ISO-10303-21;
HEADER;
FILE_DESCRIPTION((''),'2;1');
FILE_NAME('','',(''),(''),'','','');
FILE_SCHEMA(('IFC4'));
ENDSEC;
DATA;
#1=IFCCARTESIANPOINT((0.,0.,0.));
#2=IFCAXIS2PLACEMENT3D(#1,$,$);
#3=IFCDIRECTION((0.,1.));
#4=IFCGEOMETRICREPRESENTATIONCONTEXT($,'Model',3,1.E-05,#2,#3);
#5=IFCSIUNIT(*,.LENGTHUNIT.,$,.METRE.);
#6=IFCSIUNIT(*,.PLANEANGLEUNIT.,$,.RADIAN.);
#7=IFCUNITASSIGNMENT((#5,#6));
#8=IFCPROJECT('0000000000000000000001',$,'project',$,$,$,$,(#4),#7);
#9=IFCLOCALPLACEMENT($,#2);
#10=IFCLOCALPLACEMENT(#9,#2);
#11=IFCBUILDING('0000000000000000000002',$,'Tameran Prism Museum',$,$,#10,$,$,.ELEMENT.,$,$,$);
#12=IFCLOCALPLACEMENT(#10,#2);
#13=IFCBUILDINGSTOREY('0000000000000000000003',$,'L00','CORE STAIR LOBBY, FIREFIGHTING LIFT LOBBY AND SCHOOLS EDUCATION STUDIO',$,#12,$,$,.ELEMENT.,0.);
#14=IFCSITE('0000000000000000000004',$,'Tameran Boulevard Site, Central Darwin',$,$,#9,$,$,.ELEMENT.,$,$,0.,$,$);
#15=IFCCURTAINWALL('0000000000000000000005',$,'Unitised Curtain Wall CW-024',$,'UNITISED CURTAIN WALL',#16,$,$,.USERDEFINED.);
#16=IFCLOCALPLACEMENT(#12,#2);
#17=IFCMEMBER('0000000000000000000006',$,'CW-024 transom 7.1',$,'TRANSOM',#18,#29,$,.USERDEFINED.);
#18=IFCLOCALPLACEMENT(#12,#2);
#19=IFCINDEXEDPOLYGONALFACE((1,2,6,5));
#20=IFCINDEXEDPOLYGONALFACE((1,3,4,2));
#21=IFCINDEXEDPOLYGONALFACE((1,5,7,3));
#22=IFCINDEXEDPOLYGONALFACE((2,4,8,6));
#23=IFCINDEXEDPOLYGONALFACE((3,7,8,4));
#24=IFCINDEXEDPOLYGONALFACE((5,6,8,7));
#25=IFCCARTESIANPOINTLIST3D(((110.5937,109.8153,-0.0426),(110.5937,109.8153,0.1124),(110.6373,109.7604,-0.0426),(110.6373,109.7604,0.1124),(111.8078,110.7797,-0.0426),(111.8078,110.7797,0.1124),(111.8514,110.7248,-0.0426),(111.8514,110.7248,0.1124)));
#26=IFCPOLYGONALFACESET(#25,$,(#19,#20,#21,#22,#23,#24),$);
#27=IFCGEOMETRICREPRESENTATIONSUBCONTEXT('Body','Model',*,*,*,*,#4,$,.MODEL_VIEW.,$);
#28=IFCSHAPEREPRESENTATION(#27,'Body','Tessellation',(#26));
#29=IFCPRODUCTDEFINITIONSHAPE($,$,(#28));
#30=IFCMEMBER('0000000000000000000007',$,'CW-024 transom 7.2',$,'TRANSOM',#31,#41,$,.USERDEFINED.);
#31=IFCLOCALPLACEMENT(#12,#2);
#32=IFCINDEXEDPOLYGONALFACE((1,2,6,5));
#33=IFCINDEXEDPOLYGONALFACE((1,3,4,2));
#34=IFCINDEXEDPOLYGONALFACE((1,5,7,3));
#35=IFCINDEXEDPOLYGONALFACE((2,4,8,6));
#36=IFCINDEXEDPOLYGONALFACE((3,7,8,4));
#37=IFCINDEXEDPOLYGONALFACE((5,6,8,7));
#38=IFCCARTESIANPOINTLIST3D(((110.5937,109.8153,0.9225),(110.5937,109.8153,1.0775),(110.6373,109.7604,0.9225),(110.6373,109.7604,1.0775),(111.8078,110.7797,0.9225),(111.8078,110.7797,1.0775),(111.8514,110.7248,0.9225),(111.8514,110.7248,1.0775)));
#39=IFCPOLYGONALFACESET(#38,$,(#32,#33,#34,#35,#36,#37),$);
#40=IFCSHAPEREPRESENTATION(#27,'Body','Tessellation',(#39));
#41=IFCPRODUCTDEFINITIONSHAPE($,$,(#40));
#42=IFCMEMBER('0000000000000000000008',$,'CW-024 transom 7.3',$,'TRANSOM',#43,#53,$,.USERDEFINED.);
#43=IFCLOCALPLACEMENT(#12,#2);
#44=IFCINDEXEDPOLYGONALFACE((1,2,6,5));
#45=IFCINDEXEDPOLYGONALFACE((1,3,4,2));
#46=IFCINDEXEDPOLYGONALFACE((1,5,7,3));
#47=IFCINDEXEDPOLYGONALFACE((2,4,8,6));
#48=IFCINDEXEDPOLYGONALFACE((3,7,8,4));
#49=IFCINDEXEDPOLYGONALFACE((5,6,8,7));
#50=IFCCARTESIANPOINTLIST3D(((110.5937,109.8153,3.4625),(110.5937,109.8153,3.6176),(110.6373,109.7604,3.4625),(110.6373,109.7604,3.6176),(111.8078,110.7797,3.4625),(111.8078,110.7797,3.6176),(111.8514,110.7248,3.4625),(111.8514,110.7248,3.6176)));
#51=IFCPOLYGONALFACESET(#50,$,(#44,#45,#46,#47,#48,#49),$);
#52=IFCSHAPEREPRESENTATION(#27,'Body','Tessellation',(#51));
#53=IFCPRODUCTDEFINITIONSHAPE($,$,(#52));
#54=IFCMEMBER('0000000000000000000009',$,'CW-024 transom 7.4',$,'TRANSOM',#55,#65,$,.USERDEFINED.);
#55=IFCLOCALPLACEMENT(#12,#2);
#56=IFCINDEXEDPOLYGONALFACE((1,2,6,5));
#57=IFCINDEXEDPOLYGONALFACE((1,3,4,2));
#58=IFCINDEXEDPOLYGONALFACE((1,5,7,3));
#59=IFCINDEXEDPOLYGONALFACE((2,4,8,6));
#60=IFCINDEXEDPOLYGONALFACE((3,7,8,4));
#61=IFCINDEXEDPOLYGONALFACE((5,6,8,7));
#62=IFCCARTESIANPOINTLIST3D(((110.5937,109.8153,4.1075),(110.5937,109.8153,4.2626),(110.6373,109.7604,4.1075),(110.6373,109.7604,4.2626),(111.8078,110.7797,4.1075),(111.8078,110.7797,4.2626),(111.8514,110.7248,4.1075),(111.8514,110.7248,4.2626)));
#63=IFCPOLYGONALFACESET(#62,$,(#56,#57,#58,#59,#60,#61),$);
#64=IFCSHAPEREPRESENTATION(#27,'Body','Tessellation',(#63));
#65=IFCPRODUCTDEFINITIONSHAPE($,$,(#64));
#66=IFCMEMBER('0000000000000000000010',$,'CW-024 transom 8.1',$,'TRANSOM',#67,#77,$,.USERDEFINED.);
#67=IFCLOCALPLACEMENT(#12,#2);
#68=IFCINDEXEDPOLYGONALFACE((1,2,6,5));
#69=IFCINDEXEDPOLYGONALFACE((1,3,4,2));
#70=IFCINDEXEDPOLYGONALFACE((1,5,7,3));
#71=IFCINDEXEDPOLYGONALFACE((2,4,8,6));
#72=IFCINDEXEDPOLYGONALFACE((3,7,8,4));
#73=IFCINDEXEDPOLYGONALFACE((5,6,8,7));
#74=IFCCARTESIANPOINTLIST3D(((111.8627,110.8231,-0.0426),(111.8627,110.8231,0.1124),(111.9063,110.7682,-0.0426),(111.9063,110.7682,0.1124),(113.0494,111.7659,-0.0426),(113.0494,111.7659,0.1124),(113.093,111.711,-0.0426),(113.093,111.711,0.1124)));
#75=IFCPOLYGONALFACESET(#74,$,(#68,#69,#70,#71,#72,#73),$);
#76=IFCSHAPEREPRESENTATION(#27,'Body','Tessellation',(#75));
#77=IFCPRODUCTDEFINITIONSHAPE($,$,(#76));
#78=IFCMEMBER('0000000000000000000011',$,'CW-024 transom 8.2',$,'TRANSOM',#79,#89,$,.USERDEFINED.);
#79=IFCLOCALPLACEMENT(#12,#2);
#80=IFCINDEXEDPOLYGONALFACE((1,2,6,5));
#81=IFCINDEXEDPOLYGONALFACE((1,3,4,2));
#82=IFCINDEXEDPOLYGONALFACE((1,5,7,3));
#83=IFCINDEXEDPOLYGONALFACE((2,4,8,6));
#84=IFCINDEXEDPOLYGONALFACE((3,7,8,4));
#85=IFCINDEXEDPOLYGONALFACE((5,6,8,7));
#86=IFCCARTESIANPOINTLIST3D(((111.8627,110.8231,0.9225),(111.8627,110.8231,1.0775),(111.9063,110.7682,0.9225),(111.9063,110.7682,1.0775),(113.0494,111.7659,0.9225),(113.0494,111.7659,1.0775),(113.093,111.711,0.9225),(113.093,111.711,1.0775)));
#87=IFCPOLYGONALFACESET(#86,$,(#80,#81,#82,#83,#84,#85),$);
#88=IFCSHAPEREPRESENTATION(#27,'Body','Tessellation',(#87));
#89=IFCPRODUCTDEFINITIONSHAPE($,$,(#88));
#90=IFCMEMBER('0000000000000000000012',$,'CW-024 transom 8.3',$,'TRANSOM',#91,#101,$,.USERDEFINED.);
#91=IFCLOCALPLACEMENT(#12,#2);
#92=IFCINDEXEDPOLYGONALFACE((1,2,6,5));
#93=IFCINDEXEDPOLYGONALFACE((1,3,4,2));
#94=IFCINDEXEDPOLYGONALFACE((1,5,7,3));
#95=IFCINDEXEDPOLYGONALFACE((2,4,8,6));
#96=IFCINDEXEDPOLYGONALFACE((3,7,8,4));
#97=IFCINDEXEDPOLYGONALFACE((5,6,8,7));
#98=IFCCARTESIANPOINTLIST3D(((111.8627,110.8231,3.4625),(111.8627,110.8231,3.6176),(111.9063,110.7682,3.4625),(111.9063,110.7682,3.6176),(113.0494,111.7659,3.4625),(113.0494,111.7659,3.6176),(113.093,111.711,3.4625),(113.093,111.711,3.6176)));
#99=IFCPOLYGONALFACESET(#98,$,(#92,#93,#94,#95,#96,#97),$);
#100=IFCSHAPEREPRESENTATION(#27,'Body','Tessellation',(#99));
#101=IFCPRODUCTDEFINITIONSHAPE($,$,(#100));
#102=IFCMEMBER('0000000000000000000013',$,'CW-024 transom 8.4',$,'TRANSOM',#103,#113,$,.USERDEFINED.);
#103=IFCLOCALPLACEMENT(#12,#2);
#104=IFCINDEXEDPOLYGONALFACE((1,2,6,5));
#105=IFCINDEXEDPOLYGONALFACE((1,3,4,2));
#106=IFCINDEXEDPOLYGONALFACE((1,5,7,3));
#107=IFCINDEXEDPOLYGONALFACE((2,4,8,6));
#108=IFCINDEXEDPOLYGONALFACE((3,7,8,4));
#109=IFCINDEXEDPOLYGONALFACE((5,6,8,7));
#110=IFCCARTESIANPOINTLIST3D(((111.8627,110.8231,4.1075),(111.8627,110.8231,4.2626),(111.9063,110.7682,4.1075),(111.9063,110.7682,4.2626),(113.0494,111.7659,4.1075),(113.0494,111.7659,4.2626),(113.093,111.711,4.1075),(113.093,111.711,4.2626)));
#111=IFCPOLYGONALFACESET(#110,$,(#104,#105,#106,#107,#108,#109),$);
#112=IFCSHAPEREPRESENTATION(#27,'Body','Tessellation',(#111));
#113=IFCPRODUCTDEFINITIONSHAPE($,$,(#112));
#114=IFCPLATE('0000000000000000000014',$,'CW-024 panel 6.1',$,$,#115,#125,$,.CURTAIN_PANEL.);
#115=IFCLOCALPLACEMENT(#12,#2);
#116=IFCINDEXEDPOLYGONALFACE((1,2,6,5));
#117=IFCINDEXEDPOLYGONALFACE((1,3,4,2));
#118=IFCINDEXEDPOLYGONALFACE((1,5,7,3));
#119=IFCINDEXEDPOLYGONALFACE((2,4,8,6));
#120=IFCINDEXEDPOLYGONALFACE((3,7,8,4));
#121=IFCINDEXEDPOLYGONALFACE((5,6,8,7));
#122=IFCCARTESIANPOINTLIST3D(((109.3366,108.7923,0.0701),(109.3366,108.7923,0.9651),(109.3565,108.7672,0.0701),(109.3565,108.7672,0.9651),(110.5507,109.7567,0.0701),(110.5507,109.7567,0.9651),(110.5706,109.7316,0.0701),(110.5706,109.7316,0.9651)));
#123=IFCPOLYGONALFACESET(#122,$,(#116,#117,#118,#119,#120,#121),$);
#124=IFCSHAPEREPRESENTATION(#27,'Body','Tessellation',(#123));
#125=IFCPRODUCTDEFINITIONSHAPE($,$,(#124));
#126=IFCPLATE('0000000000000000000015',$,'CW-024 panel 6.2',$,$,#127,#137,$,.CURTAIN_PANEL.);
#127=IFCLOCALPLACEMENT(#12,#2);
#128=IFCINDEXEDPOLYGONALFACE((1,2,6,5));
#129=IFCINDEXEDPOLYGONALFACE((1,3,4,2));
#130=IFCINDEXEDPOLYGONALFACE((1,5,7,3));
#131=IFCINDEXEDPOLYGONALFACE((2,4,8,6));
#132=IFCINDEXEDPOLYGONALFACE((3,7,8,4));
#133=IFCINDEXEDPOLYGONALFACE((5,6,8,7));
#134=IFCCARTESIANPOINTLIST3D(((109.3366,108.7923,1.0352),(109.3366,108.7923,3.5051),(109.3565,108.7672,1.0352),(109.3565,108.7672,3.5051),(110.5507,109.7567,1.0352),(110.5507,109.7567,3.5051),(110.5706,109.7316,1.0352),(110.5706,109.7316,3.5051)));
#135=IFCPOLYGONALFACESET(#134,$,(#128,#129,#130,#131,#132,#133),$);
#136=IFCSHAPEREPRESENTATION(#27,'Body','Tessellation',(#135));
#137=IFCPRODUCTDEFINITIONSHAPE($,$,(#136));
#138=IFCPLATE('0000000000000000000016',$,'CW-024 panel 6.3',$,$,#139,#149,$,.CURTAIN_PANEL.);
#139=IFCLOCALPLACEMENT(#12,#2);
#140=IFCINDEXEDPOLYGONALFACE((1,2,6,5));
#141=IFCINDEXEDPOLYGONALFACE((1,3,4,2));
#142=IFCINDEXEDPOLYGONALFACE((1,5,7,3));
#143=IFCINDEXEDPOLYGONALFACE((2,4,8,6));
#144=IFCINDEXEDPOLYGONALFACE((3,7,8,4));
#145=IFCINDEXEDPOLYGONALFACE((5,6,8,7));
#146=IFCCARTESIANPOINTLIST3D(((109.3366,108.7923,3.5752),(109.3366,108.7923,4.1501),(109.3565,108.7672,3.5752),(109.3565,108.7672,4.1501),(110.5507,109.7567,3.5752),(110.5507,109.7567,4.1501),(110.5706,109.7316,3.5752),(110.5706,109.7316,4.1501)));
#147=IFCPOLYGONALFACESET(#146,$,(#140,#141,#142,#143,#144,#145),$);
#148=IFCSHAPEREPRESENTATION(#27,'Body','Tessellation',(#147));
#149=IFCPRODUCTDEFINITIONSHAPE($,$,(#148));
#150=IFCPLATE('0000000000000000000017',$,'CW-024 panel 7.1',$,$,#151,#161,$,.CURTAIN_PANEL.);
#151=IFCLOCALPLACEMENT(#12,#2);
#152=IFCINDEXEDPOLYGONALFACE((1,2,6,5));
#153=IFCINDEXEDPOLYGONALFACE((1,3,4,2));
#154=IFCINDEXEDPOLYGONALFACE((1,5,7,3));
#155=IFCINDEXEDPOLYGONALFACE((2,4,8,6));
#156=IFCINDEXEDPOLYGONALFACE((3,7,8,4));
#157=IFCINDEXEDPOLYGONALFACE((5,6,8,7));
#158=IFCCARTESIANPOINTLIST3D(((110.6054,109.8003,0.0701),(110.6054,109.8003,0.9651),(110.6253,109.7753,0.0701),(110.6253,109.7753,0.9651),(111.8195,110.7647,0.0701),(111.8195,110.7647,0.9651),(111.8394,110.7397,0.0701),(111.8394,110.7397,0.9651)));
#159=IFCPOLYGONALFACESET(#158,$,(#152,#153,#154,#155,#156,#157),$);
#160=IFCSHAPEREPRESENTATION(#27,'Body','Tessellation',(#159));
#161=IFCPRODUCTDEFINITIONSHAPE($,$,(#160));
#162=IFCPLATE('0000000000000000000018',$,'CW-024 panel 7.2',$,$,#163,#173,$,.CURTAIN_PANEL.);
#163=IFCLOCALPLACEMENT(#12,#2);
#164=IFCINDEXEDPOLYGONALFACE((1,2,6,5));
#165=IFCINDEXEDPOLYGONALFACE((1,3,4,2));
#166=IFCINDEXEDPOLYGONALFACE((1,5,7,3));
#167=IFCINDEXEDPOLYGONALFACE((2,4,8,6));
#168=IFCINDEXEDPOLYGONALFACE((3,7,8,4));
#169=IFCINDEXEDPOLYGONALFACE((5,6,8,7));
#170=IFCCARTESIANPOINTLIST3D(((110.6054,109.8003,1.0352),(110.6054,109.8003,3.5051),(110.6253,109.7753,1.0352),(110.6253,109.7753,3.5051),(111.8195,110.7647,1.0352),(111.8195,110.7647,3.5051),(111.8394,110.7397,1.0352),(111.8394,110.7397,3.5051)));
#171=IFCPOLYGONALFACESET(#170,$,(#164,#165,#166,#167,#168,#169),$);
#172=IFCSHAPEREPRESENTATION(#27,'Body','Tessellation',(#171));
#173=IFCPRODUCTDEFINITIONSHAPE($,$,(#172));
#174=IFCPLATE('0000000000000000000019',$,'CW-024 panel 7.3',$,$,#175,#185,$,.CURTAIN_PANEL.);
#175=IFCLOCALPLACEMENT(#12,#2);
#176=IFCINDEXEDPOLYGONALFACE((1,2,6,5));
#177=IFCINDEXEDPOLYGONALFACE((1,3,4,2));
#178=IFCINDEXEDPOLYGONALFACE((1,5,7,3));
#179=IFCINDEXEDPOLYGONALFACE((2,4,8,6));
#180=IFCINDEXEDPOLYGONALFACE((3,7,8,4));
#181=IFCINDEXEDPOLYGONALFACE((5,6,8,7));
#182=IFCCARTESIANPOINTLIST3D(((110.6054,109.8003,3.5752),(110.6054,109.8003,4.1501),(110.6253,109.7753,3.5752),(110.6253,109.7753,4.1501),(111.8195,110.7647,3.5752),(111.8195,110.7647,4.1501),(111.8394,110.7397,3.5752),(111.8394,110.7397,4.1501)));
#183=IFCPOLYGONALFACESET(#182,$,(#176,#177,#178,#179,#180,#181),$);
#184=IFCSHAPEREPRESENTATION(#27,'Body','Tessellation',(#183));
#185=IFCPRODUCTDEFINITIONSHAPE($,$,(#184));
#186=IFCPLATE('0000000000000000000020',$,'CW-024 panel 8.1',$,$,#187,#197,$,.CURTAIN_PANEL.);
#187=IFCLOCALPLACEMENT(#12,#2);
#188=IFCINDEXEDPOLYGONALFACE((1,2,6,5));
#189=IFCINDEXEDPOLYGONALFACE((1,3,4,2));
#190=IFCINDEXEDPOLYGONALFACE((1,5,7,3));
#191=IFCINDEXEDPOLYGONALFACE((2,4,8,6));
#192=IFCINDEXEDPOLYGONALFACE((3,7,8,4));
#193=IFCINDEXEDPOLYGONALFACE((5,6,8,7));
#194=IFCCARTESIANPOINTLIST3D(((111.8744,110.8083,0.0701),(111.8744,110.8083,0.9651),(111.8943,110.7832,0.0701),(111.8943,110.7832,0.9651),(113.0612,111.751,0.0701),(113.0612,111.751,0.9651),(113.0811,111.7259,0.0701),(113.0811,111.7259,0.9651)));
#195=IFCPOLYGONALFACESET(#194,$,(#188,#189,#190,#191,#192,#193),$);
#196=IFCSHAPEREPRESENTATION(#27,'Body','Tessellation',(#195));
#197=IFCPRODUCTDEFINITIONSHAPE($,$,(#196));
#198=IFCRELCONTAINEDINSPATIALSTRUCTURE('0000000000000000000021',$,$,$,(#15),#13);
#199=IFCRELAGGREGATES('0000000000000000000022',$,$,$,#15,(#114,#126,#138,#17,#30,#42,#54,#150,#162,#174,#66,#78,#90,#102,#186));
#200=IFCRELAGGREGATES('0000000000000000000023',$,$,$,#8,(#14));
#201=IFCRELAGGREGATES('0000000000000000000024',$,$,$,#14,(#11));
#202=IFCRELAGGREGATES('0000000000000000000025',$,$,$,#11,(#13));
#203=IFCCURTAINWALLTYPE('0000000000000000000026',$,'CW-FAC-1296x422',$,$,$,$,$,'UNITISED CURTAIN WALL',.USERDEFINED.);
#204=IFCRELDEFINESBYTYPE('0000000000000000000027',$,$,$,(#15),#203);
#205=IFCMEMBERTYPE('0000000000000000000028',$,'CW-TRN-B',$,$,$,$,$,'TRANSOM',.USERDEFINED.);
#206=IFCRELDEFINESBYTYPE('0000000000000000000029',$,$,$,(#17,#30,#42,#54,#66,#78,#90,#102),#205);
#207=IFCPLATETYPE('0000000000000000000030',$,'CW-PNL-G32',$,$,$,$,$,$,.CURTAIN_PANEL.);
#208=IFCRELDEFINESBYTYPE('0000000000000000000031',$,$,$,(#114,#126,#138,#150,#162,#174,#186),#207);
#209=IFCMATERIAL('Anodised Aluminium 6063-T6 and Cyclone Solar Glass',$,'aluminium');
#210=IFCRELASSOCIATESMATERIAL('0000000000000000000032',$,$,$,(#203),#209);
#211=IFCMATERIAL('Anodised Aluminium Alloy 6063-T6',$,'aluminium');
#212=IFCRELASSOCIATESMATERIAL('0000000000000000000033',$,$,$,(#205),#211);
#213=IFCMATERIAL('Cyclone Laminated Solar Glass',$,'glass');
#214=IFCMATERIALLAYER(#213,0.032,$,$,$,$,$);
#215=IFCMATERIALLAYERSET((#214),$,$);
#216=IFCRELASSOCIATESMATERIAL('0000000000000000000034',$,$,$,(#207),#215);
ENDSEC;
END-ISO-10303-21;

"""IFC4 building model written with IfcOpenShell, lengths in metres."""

from ifc_helpers import new_model, si_unit, direction, frame, origin, origin_2d, place, context, subcontext, project, spatial, rectangle, extrude, material, layer, layer_set, material_profile, profile_set, type_object, element, aggregate, save


model = new_model("IFC4")

# Units and contexts
model_context = context("Model", 3, precision=1e-05, world=origin(), true_north=direction((0.0, 1.0)))
body_context = subcontext(model_context, "Body", "Model", "MODEL_VIEW")
ifc_project = project(units=[si_unit("LENGTHUNIT", "METRE"), si_unit("PLANEANGLEUNIT", "RADIAN")], contexts=[model_context])

# Site, building, storey
site_placement = place(None, origin())
site = spatial("IfcSite", under=ifc_project, at=site_placement, Name="Tameran Boulevard Site, Central Darwin", CompositionType="ELEMENT", RefElevation=0.0)
building_placement = place(site_placement, origin())
building = spatial("IfcBuilding", under=site, at=building_placement, Name="Tameran Prism Museum", CompositionType="ELEMENT")
storey_placement = place(building_placement, origin())
storey = spatial("IfcBuildingStorey", under=building, at=storey_placement, Name="L00", Description="CORE STAIR LOBBY, FIREFIGHTING LIFT LOBBY AND SCHOOLS EDUCATION STUDIO", CompositionType="ELEMENT", Elevation=0.0)

# Curtain wall, members, plates
ifc_material_1 = material(Name="Anodised Aluminium 6063-T6 and Cyclone Solar Glass", Category="aluminium")
curtain_wall_type = type_object("IfcCurtainWallType", Name="CW-FAC-1296x422", ElementType="UNITISED CURTAIN WALL", PredefinedType="USERDEFINED", material=ifc_material_1)
curtain_wall_placement = place(storey_placement, origin())
curtain_wall = element("IfcCurtainWall", 1, at=curtain_wall_placement, inside=storey, type_object=curtain_wall_type, Name="Unitised Curtain Wall CW-024", ObjectType="UNITISED CURTAIN WALL", PredefinedType="USERDEFINED")
ifc_material_2 = material(Name="Anodised Aluminium Alloy 6063-T6", Category="aluminium")
ifc_material_profile_1 = material_profile(ifc_material_2, rectangle(XDim=0.0701, YDim=0.155, at=origin_2d()))
ifc_profile_set_1 = profile_set([ifc_material_profile_1])
member_type_1 = type_object("IfcMemberType", Name="CW-TRN-B", ElementType="TRANSOM", PredefinedType="USERDEFINED", material=ifc_profile_set_1)
member_1_placement = place(storey_placement, frame((110.6155, 109.7878, 0.0349), z_axis=(0.783045, 0.621965, 0.0), x_axis=(-0.621965, 0.783045, 0.0)))
member_1 = element("IfcMember", 2, at=member_1_placement, type_object=member_type_1, Name="CW-024 transom 7.1", ObjectType="TRANSOM", PredefinedType="USERDEFINED", context=body_context, shape_type="SweptSolid", body=[
    extrude(rectangle(XDim=0.0701, YDim=0.155, at=origin_2d()), origin(), (0.0, 0.0, 1.0), 1.5505),
])
member_2_placement = place(storey_placement, frame((110.6155, 109.7878, 1.0), z_axis=(0.783045, 0.621965, 0.0), x_axis=(-0.621965, 0.783045, 0.0)))
member_2 = element("IfcMember", 3, at=member_2_placement, type_object=member_type_1, Name="CW-024 transom 7.2", ObjectType="TRANSOM", PredefinedType="USERDEFINED", context=body_context, shape_type="SweptSolid", body=[
    extrude(rectangle(XDim=0.0701, YDim=0.155, at=origin_2d()), origin(), (0.0, 0.0, 1.0), 1.5505),
])
member_3_placement = place(storey_placement, frame((110.6155, 109.7878, 3.54), z_axis=(0.783045, 0.621965, 0.0), x_axis=(-0.621965, 0.783045, 0.0)))
member_3 = element("IfcMember", 4, at=member_3_placement, type_object=member_type_1, Name="CW-024 transom 7.3", ObjectType="TRANSOM", PredefinedType="USERDEFINED", context=body_context, shape_type="SweptSolid", body=[
    extrude(rectangle(XDim=0.0701, YDim=0.155, at=origin_2d()), origin(), (0.0, 0.0, 1.0), 1.5505),
])
member_4_placement = place(storey_placement, frame((110.6155, 109.7878, 4.1851), z_axis=(0.783045, 0.621965, 0.0), x_axis=(-0.621965, 0.783045, 0.0)))
member_4 = element("IfcMember", 5, at=member_4_placement, type_object=member_type_1, Name="CW-024 transom 7.4", ObjectType="TRANSOM", PredefinedType="USERDEFINED", context=body_context, shape_type="SweptSolid", body=[
    extrude(rectangle(XDim=0.0701, YDim=0.155, at=origin_2d()), origin(), (0.0, 0.0, 1.0), 1.5505),
])
member_5_placement = place(storey_placement, frame((111.8845, 110.7957, 0.0349), z_axis=(0.78297, 0.622059, 0.0), x_axis=(-0.622059, 0.78297, 0.0)))
member_5 = element("IfcMember", 6, at=member_5_placement, type_object=member_type_1, Name="CW-024 transom 8.1", ObjectType="TRANSOM", PredefinedType="USERDEFINED", context=body_context, shape_type="SweptSolid", body=[
    extrude(rectangle(XDim=0.0701, YDim=0.155, at=origin_2d()), origin(), (0.0, 0.0, 1.0), 1.5156),
])
member_6_placement = place(storey_placement, frame((111.8845, 110.7957, 1.0), z_axis=(0.78297, 0.622059, 0.0), x_axis=(-0.622059, 0.78297, 0.0)))
member_6 = element("IfcMember", 7, at=member_6_placement, type_object=member_type_1, Name="CW-024 transom 8.2", ObjectType="TRANSOM", PredefinedType="USERDEFINED", context=body_context, shape_type="SweptSolid", body=[
    extrude(rectangle(XDim=0.0701, YDim=0.155, at=origin_2d()), origin(), (0.0, 0.0, 1.0), 1.5156),
])
member_7_placement = place(storey_placement, frame((111.8845, 110.7957, 3.54), z_axis=(0.78297, 0.622059, 0.0), x_axis=(-0.622059, 0.78297, 0.0)))
member_7 = element("IfcMember", 8, at=member_7_placement, type_object=member_type_1, Name="CW-024 transom 8.3", ObjectType="TRANSOM", PredefinedType="USERDEFINED", context=body_context, shape_type="SweptSolid", body=[
    extrude(rectangle(XDim=0.0701, YDim=0.155, at=origin_2d()), origin(), (0.0, 0.0, 1.0), 1.5156),
])
member_8_placement = place(storey_placement, frame((111.8845, 110.7957, 4.1851), z_axis=(0.78297, 0.622059, 0.0), x_axis=(-0.622059, 0.78297, 0.0)))
member_8 = element("IfcMember", 9, at=member_8_placement, type_object=member_type_1, Name="CW-024 transom 8.4", ObjectType="TRANSOM", PredefinedType="USERDEFINED", context=body_context, shape_type="SweptSolid", body=[
    extrude(rectangle(XDim=0.0701, YDim=0.155, at=origin_2d()), origin(), (0.0, 0.0, 1.0), 1.5156),
])
ifc_material_3 = material(Name="Cyclone Laminated Solar Glass", Category="glass")
ifc_layer_1 = layer(ifc_material_3, 0.032)
ifc_layer_set_1 = layer_set([ifc_layer_1])
plate_type = type_object("IfcPlateType", Name="CW-PNL-G32", PredefinedType="CURTAIN_PANEL", material=ifc_layer_set_1)
plate_1_placement = place(storey_placement, frame((109.9536, 109.262, 0.0701), z_axis=(0.0, 0.0, 1.0), x_axis=(0.783031, 0.621982, 0.0)))
plate_1 = element("IfcPlate", 10, at=plate_1_placement, type_object=plate_type, Name="CW-024 panel 6.1", PredefinedType="CURTAIN_PANEL", context=body_context, shape_type="SweptSolid", body=[
    extrude(rectangle(XDim=1.5505, YDim=0.032, at=origin_2d()), origin(), (0.0, 0.0, 1.0), 0.895),
])
plate_2_placement = place(storey_placement, frame((109.9536, 109.262, 1.0352), z_axis=(0.0, 0.0, 1.0), x_axis=(0.783031, 0.621982, 0.0)))
plate_2 = element("IfcPlate", 11, at=plate_2_placement, type_object=plate_type, Name="CW-024 panel 6.2", PredefinedType="CURTAIN_PANEL", context=body_context, shape_type="SweptSolid", body=[
    extrude(rectangle(XDim=1.5505, YDim=0.032, at=origin_2d()), origin(), (0.0, 0.0, 1.0), 2.47),
])
plate_3_placement = place(storey_placement, frame((109.9536, 109.262, 3.5752), z_axis=(0.0, 0.0, 1.0), x_axis=(0.783031, 0.621982, 0.0)))
plate_3 = element("IfcPlate", 12, at=plate_3_placement, type_object=plate_type, Name="CW-024 panel 6.3", PredefinedType="CURTAIN_PANEL", context=body_context, shape_type="SweptSolid", body=[
    extrude(rectangle(XDim=1.5505, YDim=0.032, at=origin_2d()), origin(), (0.0, 0.0, 1.0), 0.575),
])
plate_4_placement = place(storey_placement, frame((111.2224, 110.27, 0.0701), z_axis=(0.0, 0.0, 1.0), x_axis=(0.783031, 0.621982, 0.0)))
plate_4 = element("IfcPlate", 13, at=plate_4_placement, type_object=plate_type, Name="CW-024 panel 7.1", PredefinedType="CURTAIN_PANEL", context=body_context, shape_type="SweptSolid", body=[
    extrude(rectangle(XDim=1.5505, YDim=0.032, at=origin_2d()), origin(), (0.0, 0.0, 1.0), 0.895),
])
plate_5_placement = place(storey_placement, frame((111.2224, 110.27, 1.0352), z_axis=(0.0, 0.0, 1.0), x_axis=(0.783031, 0.621982, 0.0)))
plate_5 = element("IfcPlate", 14, at=plate_5_placement, type_object=plate_type, Name="CW-024 panel 7.2", PredefinedType="CURTAIN_PANEL", context=body_context, shape_type="SweptSolid", body=[
    extrude(rectangle(XDim=1.5505, YDim=0.032, at=origin_2d()), origin(), (0.0, 0.0, 1.0), 2.47),
])
plate_6_placement = place(storey_placement, frame((111.2224, 110.27, 3.5752), z_axis=(0.0, 0.0, 1.0), x_axis=(0.783031, 0.621982, 0.0)))
plate_6 = element("IfcPlate", 15, at=plate_6_placement, type_object=plate_type, Name="CW-024 panel 7.3", PredefinedType="CURTAIN_PANEL", context=body_context, shape_type="SweptSolid", body=[
    extrude(rectangle(XDim=1.5505, YDim=0.032, at=origin_2d()), origin(), (0.0, 0.0, 1.0), 0.575),
])
plate_7_placement = place(storey_placement, frame((112.4778, 111.2671, 0.0701), z_axis=(0.0, 0.0, 1.0), x_axis=(0.783031, 0.621982, 0.0)))
plate_7 = element("IfcPlate", 16, at=plate_7_placement, type_object=plate_type, Name="CW-024 panel 8.1", PredefinedType="CURTAIN_PANEL", context=body_context, shape_type="SweptSolid", body=[
    extrude(rectangle(XDim=1.5156, YDim=0.032, at=origin_2d()), origin(), (0.0, 0.0, 1.0), 0.895),
])
aggregate(curtain_wall, [plate_1, plate_2, plate_3, member_1, member_2, member_3, member_4, plate_4, plate_5, plate_6, member_5, member_6, member_7, member_8, plate_7])

save(model, "model.ifc")
